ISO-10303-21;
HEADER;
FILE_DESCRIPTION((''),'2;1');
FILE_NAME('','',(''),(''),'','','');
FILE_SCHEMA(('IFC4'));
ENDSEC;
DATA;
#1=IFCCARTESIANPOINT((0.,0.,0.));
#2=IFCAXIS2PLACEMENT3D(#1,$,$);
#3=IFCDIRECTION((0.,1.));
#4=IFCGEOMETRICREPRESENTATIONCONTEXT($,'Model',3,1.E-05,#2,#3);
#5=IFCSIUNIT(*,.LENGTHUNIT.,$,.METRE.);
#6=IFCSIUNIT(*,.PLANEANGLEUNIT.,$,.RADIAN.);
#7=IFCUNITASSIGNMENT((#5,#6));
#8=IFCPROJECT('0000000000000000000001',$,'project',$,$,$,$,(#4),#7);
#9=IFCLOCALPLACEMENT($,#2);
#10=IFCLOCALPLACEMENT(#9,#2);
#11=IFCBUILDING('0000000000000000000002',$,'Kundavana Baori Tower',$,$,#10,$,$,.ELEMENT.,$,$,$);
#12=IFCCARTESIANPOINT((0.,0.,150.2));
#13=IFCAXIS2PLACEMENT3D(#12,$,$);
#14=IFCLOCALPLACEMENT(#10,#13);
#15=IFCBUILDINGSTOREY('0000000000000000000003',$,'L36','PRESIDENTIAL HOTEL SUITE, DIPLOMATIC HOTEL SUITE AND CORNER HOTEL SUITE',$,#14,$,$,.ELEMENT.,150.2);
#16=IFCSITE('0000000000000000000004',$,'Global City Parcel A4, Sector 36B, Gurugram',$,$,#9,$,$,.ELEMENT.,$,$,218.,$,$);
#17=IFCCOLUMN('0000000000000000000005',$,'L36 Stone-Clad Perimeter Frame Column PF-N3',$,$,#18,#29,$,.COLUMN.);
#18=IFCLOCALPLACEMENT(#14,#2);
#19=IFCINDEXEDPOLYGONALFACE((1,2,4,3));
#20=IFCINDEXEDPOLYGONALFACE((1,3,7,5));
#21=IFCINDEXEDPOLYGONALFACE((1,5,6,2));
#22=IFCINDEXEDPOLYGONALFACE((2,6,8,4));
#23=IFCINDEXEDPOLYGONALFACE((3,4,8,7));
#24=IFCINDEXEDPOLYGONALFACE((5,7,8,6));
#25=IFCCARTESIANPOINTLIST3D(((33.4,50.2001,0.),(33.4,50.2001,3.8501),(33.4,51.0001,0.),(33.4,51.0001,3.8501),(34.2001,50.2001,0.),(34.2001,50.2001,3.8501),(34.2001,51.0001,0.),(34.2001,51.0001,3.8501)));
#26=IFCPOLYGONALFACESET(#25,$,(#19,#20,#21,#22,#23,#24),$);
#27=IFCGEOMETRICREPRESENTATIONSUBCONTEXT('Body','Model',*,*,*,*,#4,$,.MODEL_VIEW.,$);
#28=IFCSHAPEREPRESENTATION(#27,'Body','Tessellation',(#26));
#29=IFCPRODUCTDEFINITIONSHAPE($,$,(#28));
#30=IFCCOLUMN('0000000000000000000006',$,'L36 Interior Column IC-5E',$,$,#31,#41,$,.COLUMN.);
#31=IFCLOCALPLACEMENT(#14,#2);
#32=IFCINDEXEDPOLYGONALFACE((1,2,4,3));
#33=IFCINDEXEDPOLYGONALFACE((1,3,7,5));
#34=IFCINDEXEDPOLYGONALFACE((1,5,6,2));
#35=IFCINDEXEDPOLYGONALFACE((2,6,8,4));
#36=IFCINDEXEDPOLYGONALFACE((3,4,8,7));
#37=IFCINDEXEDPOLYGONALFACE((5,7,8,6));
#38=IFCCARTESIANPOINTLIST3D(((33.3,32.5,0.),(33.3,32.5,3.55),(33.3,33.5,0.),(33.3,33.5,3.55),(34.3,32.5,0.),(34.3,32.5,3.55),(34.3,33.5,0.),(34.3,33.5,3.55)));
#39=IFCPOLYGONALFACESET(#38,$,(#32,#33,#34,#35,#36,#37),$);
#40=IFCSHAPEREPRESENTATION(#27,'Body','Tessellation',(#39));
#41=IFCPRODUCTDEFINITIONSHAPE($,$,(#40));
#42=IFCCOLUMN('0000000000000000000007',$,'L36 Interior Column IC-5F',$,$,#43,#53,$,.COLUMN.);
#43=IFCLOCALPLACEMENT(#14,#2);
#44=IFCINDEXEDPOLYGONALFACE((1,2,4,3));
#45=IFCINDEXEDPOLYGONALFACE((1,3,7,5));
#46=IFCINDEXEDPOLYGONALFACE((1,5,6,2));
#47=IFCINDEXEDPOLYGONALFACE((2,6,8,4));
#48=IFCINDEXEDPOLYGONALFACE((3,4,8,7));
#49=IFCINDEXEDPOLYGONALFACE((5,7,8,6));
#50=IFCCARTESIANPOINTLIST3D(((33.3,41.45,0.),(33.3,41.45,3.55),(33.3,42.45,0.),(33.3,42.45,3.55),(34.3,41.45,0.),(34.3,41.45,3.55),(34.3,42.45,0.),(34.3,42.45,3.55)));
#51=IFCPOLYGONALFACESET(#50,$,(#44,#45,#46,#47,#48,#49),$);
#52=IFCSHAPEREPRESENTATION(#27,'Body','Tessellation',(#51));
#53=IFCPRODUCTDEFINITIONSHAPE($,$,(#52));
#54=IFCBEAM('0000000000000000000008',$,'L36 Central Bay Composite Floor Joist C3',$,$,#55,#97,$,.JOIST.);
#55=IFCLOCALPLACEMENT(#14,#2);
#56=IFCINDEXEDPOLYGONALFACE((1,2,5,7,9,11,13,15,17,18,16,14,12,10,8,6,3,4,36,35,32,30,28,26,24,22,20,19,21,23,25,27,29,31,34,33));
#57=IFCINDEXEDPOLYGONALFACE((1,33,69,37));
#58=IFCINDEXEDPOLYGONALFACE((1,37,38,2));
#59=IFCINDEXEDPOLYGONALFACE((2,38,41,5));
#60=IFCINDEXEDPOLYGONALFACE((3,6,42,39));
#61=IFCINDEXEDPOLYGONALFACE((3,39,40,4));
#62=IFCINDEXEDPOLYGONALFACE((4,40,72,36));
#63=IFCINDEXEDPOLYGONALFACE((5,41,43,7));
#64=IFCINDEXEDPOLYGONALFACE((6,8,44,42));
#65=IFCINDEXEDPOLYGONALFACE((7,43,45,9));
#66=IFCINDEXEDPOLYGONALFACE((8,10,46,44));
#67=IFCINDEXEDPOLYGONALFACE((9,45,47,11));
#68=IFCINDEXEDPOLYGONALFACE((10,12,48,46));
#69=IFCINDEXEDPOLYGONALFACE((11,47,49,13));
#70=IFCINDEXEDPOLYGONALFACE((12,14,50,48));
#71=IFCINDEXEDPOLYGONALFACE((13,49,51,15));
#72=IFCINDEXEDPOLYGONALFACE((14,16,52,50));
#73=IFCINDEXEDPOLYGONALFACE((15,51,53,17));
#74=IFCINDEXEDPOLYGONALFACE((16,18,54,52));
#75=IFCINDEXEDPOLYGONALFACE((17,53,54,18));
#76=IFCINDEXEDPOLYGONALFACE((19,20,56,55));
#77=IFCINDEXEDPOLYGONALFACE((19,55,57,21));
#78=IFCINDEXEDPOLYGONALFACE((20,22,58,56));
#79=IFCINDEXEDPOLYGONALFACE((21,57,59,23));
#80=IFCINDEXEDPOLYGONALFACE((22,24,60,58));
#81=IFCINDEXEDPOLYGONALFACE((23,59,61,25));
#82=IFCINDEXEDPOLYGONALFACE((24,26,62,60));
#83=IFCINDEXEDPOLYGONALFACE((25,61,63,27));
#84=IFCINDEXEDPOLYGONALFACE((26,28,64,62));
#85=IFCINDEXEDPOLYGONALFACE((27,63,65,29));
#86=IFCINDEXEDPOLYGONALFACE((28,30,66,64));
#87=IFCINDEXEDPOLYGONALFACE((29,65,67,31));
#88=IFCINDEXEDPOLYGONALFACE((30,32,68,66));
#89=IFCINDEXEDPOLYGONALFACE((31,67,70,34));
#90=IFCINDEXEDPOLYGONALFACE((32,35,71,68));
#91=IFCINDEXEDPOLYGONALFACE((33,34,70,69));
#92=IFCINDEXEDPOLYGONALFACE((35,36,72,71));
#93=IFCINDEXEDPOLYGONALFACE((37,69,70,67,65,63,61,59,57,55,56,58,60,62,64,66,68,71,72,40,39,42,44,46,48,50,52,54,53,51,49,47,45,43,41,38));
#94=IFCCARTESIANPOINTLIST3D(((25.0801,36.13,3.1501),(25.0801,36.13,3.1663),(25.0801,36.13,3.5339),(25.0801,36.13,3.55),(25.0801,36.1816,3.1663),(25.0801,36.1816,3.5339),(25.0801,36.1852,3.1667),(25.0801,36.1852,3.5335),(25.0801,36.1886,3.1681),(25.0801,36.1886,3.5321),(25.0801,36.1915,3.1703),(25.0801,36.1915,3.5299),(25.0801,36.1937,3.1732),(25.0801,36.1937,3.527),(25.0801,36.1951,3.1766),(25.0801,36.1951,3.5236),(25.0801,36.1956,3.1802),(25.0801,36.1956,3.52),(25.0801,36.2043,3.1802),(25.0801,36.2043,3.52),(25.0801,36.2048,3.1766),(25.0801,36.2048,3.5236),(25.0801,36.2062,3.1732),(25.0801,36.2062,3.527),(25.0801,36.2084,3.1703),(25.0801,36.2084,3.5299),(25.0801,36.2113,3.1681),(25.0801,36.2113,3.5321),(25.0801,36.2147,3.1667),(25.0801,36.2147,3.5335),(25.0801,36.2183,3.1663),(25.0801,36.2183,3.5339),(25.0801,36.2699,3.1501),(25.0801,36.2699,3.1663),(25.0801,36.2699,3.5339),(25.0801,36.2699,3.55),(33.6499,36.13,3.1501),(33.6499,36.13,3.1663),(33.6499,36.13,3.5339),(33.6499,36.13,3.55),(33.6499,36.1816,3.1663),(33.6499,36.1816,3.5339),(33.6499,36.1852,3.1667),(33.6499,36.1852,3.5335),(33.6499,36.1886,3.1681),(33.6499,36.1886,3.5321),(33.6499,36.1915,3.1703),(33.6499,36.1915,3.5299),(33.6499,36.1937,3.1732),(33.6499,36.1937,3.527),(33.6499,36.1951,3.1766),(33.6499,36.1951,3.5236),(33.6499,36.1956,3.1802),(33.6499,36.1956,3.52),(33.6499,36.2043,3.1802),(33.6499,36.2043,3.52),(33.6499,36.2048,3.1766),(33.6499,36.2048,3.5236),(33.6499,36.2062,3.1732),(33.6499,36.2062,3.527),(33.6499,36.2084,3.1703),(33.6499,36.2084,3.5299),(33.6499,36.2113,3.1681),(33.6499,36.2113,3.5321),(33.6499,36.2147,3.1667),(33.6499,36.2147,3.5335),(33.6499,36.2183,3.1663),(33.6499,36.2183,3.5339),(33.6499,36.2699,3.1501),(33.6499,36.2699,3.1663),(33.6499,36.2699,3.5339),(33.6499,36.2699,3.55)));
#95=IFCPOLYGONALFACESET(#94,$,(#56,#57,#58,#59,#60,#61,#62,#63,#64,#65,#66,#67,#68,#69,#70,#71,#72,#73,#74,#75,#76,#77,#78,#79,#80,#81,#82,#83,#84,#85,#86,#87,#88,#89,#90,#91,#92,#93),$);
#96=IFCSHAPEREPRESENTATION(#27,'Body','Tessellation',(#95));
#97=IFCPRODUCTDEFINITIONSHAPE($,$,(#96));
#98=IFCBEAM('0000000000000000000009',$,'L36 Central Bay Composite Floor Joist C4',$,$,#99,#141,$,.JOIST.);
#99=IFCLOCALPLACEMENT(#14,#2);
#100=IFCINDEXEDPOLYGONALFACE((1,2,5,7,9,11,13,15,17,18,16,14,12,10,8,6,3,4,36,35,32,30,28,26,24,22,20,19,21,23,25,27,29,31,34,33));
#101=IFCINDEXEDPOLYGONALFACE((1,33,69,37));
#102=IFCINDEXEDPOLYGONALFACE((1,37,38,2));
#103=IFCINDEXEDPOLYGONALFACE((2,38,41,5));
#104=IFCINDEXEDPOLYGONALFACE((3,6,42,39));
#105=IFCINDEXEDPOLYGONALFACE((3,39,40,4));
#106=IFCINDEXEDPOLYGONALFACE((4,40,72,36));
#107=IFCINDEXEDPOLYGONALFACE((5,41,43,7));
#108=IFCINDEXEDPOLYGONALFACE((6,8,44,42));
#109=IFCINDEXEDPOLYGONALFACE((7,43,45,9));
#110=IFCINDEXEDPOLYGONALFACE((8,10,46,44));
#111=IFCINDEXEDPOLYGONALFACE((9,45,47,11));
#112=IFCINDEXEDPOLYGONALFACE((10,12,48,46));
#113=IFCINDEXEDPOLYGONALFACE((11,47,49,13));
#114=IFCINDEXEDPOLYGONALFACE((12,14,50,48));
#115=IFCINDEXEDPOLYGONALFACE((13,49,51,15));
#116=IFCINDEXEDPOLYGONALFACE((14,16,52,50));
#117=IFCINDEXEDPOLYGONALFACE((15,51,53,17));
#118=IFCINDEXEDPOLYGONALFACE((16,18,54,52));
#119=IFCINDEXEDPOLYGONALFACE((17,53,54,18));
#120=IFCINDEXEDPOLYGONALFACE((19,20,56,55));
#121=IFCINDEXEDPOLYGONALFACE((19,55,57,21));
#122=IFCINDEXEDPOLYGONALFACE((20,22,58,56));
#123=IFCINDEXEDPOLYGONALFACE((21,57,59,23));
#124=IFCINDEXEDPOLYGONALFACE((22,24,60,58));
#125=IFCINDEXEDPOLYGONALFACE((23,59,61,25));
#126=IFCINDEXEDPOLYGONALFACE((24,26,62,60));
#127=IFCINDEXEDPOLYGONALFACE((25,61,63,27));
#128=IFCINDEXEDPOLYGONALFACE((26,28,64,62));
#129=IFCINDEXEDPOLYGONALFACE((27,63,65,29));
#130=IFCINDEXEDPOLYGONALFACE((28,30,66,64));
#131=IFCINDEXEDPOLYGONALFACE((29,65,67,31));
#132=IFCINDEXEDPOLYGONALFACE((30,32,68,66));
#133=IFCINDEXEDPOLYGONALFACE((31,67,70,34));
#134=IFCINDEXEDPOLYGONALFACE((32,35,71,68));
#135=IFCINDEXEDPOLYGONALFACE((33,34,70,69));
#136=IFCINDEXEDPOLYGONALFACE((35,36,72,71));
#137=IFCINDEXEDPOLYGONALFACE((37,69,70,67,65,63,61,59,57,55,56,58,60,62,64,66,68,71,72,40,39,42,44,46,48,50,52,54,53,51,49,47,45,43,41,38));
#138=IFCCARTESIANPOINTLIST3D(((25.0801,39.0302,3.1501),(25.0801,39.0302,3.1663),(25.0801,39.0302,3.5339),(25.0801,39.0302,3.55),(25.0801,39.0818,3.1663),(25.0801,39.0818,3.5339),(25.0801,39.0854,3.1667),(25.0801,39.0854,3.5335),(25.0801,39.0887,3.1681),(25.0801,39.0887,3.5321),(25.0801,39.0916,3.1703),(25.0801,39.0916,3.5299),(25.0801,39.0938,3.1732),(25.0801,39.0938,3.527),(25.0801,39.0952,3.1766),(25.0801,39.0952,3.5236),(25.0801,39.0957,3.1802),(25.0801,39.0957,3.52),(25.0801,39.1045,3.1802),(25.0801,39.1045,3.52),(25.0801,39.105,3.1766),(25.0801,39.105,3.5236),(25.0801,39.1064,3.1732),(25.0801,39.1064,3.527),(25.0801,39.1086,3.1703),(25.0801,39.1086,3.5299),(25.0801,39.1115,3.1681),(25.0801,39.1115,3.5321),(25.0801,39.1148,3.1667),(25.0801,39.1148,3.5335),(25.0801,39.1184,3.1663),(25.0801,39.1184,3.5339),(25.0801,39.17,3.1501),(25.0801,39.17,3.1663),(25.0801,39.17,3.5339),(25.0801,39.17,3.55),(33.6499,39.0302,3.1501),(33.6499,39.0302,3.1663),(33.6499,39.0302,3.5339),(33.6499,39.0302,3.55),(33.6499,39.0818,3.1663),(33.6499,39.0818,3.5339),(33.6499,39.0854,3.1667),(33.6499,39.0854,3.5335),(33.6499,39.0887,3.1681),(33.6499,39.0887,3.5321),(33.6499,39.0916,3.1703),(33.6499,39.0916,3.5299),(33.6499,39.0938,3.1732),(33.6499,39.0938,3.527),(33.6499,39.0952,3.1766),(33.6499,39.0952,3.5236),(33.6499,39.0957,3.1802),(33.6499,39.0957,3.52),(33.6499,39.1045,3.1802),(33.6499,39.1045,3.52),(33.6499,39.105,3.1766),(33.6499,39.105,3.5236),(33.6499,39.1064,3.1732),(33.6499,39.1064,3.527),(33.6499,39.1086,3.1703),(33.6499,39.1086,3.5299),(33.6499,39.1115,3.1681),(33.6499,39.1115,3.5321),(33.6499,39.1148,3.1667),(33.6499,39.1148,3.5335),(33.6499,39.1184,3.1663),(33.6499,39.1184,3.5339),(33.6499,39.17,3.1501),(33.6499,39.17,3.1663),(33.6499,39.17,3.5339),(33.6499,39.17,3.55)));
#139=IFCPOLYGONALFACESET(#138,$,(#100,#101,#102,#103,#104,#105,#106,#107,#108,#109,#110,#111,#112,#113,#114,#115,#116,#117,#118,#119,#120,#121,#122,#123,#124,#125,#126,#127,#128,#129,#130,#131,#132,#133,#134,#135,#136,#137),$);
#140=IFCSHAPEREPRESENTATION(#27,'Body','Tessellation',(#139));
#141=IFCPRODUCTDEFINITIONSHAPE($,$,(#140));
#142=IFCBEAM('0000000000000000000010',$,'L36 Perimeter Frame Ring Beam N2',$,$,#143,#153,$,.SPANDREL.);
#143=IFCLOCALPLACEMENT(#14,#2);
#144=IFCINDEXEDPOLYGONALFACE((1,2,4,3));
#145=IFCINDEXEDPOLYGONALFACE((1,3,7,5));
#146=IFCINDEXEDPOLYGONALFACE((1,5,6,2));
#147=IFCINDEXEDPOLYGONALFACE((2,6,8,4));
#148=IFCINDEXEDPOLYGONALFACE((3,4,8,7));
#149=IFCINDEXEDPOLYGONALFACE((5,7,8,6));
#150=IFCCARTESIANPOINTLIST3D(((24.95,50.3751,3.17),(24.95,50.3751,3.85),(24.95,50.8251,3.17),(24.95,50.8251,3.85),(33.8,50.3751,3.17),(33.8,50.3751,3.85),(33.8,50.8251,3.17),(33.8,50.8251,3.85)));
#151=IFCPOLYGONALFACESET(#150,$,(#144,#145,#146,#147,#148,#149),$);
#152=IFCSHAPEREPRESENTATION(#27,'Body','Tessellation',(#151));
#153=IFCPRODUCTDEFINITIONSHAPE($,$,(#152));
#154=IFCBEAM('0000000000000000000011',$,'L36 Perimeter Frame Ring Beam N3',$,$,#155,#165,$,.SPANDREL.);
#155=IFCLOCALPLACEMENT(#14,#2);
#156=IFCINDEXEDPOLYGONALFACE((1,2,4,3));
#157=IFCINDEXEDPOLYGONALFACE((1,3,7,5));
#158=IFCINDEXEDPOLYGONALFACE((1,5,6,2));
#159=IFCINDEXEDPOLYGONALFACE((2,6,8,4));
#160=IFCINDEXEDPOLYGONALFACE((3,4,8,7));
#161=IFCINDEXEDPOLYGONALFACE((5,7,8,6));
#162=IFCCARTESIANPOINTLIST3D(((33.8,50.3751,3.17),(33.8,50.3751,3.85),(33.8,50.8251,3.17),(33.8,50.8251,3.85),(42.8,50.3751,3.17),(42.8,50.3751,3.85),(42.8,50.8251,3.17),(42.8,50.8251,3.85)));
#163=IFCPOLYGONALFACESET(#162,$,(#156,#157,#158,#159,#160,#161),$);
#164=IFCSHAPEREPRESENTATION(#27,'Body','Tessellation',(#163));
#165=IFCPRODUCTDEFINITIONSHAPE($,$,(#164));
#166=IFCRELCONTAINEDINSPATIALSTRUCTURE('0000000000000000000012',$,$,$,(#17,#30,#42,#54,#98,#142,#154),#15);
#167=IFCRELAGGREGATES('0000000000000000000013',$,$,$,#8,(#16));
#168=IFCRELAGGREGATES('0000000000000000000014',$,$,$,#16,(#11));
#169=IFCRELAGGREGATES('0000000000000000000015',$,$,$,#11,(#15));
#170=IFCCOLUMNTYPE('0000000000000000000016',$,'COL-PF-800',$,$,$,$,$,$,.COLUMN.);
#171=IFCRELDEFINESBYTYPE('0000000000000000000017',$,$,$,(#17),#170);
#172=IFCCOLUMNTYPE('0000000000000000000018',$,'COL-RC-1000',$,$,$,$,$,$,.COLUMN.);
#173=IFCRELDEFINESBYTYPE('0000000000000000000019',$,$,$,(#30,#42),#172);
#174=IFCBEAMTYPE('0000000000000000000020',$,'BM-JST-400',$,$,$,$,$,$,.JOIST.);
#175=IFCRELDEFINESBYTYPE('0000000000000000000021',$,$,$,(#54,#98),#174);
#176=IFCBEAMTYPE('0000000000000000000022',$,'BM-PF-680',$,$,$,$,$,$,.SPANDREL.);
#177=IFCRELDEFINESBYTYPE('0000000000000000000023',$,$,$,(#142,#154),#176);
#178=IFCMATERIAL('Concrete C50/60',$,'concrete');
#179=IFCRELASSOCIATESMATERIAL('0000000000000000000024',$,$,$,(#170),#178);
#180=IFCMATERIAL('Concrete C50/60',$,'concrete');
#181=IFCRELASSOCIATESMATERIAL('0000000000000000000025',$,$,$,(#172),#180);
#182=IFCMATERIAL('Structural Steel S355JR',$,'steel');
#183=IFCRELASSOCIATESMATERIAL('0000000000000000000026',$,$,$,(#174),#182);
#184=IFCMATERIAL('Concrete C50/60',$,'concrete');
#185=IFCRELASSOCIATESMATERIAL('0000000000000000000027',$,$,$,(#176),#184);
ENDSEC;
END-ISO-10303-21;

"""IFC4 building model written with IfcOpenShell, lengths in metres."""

from ifc_helpers import new_model, si_unit, direction, frame, origin, origin_2d, place, context, subcontext, project, spatial, rectangle, i_section, extrude, material, material_profile, profile_set, type_object, element, save


model = new_model("IFC4")

# Units and contexts
model_context = context("Model", 3, precision=1e-05, world=origin(), true_north=direction((0.0, 1.0)))
body_context = subcontext(model_context, "Body", "Model", "MODEL_VIEW")
ifc_project = project(units=[si_unit("LENGTHUNIT", "METRE"), si_unit("PLANEANGLEUNIT", "RADIAN")], contexts=[model_context])

# Site, building, storey
site_placement = place(None, origin())
site = spatial("IfcSite", under=ifc_project, at=site_placement, Name="Global City Parcel A4, Sector 36B, Gurugram", CompositionType="ELEMENT", RefElevation=218.0)
building_placement = place(site_placement, origin())
building = spatial("IfcBuilding", under=site, at=building_placement, Name="Kundavana Baori Tower", CompositionType="ELEMENT")
storey_placement = place(building_placement, frame((0.0, 0.0, 150.2)))
storey = spatial("IfcBuildingStorey", under=building, at=storey_placement, Name="L36", Description="PRESIDENTIAL HOTEL SUITE, DIPLOMATIC HOTEL SUITE AND CORNER HOTEL SUITE", CompositionType="ELEMENT", Elevation=150.2)

# Columns
ifc_material_1 = material(Name="Concrete C50/60", Category="concrete")
ifc_material_profile_1 = material_profile(ifc_material_1, rectangle(XDim=0.8, YDim=0.8, at=origin_2d()), Name="RC PF 800x800")
ifc_profile_set_1 = profile_set([ifc_material_profile_1], Name="Concrete C50/60")
column_type_1 = type_object("IfcColumnType", Name="COL-PF-800", PredefinedType="COLUMN", material=ifc_profile_set_1)
column_placement = place(storey_placement, frame((33.8, 50.6001, 0.0), z_axis=(0.0, 0.0, 1.0), x_axis=(1.0, 0.0, 0.0)))
element("IfcColumn", 1, at=column_placement, inside=storey, type_object=column_type_1, Name="L36 Stone-Clad Perimeter Frame Column PF-N3", PredefinedType="COLUMN", context=body_context, shape_type="SweptSolid", body=[
    extrude(rectangle(XDim=0.8, YDim=0.8, at=origin_2d()), origin(), (0.0, 0.0, 1.0), 3.8501),
])
ifc_material_2 = material(Name="Concrete C50/60", Category="concrete")
ifc_material_profile_2 = material_profile(ifc_material_2, rectangle(XDim=1.0, YDim=1.0, at=origin_2d()), Name="RC 1000x1000")
ifc_profile_set_2 = profile_set([ifc_material_profile_2], Name="Concrete C50/60")
column_type_2 = type_object("IfcColumnType", Name="COL-RC-1000", PredefinedType="COLUMN", material=ifc_profile_set_2)
for number, where, z_axis, x_axis, name in (
    (2, (33.8, 33.0, 0.0), (0.0, 0.0, 1.0), (1.0, 0.0, 0.0), "L36 Interior Column IC-5E"),
    (3, (33.8, 41.95, 0.0), (0.0, 0.0, 1.0), (1.0, 0.0, 0.0), "L36 Interior Column IC-5F"),
):
    element("IfcColumn", number, at=place(storey_placement, frame(where, z_axis=z_axis, x_axis=x_axis)), inside=storey, type_object=column_type_2, Name=name, PredefinedType="COLUMN", context=body_context, shape_type="SweptSolid", body=[
        extrude(rectangle(XDim=1.0, YDim=1.0, at=origin_2d()), origin(), (0.0, 0.0, 1.0), 3.55),
    ])

# Beams
ifc_material_3 = material(Name="Structural Steel S355JR", Category="steel")
ifc_material_profile_3 = material_profile(ifc_material_3, i_section(OverallWidth=0.1399, OverallDepth=0.3999, WebThickness=0.0088, FlangeThickness=0.0161, FilletRadius=0.0139, at=origin_2d()), Name="ISMB 400")
ifc_profile_set_3 = profile_set([ifc_material_profile_3], Name="Structural Steel S355JR")
beam_type_1 = type_object("IfcBeamType", Name="BM-JST-400", PredefinedType="JOIST", material=ifc_profile_set_3)
for number, where, z_axis, x_axis, name in (
    (4, (25.0801, 36.2, 3.3501), (1.0, 0.0, 0.0), (0.0, 1.0, 0.0), "L36 Central Bay Composite Floor Joist C3"),
    (5, (25.0801, 39.1001, 3.3501), (1.0, 0.0, 0.0), (0.0, 1.0, 0.0), "L36 Central Bay Composite Floor Joist C4"),
):
    element("IfcBeam", number, at=place(storey_placement, frame(where, z_axis=z_axis, x_axis=x_axis)), inside=storey, type_object=beam_type_1, Name=name, PredefinedType="JOIST", context=body_context, shape_type="SweptSolid", body=[
        extrude(i_section(OverallWidth=0.1399, OverallDepth=0.3999, WebThickness=0.0088, FlangeThickness=0.0161, FilletRadius=0.0139, at=origin_2d()), origin(), (0.0, 0.0, 1.0), 8.5698),
    ])
ifc_material_4 = material(Name="Concrete C50/60", Category="concrete")
ifc_material_profile_4 = material_profile(ifc_material_4, rectangle(XDim=0.45, YDim=0.6799, at=origin_2d()), Name="RC BM 450x680")
ifc_profile_set_4 = profile_set([ifc_material_profile_4], Name="Concrete C50/60")
beam_type_2 = type_object("IfcBeamType", Name="BM-PF-680", PredefinedType="SPANDREL", material=ifc_profile_set_4)
beam_1_placement = place(storey_placement, frame((24.95, 50.6001, 3.51), z_axis=(1.0, 0.0, 0.0), x_axis=(0.0, 1.0, 0.0)))
element("IfcBeam", 6, at=beam_1_placement, inside=storey, type_object=beam_type_2, Name="L36 Perimeter Frame Ring Beam N2", PredefinedType="SPANDREL", context=body_context, shape_type="SweptSolid", body=[
    extrude(rectangle(XDim=0.45, YDim=0.6799, at=origin_2d()), origin(), (0.0, 0.0, 1.0), 8.8501),
])
beam_2_placement = place(storey_placement, frame((33.8, 50.6001, 3.51), z_axis=(1.0, 0.0, 0.0), x_axis=(0.0, 1.0, 0.0)))
element("IfcBeam", 7, at=beam_2_placement, inside=storey, type_object=beam_type_2, Name="L36 Perimeter Frame Ring Beam N3", PredefinedType="SPANDREL", context=body_context, shape_type="SweptSolid", body=[
    extrude(rectangle(XDim=0.45, YDim=0.6799, at=origin_2d()), origin(), (0.0, 0.0, 1.0), 9.0),
])

save(model, "model.ifc")
